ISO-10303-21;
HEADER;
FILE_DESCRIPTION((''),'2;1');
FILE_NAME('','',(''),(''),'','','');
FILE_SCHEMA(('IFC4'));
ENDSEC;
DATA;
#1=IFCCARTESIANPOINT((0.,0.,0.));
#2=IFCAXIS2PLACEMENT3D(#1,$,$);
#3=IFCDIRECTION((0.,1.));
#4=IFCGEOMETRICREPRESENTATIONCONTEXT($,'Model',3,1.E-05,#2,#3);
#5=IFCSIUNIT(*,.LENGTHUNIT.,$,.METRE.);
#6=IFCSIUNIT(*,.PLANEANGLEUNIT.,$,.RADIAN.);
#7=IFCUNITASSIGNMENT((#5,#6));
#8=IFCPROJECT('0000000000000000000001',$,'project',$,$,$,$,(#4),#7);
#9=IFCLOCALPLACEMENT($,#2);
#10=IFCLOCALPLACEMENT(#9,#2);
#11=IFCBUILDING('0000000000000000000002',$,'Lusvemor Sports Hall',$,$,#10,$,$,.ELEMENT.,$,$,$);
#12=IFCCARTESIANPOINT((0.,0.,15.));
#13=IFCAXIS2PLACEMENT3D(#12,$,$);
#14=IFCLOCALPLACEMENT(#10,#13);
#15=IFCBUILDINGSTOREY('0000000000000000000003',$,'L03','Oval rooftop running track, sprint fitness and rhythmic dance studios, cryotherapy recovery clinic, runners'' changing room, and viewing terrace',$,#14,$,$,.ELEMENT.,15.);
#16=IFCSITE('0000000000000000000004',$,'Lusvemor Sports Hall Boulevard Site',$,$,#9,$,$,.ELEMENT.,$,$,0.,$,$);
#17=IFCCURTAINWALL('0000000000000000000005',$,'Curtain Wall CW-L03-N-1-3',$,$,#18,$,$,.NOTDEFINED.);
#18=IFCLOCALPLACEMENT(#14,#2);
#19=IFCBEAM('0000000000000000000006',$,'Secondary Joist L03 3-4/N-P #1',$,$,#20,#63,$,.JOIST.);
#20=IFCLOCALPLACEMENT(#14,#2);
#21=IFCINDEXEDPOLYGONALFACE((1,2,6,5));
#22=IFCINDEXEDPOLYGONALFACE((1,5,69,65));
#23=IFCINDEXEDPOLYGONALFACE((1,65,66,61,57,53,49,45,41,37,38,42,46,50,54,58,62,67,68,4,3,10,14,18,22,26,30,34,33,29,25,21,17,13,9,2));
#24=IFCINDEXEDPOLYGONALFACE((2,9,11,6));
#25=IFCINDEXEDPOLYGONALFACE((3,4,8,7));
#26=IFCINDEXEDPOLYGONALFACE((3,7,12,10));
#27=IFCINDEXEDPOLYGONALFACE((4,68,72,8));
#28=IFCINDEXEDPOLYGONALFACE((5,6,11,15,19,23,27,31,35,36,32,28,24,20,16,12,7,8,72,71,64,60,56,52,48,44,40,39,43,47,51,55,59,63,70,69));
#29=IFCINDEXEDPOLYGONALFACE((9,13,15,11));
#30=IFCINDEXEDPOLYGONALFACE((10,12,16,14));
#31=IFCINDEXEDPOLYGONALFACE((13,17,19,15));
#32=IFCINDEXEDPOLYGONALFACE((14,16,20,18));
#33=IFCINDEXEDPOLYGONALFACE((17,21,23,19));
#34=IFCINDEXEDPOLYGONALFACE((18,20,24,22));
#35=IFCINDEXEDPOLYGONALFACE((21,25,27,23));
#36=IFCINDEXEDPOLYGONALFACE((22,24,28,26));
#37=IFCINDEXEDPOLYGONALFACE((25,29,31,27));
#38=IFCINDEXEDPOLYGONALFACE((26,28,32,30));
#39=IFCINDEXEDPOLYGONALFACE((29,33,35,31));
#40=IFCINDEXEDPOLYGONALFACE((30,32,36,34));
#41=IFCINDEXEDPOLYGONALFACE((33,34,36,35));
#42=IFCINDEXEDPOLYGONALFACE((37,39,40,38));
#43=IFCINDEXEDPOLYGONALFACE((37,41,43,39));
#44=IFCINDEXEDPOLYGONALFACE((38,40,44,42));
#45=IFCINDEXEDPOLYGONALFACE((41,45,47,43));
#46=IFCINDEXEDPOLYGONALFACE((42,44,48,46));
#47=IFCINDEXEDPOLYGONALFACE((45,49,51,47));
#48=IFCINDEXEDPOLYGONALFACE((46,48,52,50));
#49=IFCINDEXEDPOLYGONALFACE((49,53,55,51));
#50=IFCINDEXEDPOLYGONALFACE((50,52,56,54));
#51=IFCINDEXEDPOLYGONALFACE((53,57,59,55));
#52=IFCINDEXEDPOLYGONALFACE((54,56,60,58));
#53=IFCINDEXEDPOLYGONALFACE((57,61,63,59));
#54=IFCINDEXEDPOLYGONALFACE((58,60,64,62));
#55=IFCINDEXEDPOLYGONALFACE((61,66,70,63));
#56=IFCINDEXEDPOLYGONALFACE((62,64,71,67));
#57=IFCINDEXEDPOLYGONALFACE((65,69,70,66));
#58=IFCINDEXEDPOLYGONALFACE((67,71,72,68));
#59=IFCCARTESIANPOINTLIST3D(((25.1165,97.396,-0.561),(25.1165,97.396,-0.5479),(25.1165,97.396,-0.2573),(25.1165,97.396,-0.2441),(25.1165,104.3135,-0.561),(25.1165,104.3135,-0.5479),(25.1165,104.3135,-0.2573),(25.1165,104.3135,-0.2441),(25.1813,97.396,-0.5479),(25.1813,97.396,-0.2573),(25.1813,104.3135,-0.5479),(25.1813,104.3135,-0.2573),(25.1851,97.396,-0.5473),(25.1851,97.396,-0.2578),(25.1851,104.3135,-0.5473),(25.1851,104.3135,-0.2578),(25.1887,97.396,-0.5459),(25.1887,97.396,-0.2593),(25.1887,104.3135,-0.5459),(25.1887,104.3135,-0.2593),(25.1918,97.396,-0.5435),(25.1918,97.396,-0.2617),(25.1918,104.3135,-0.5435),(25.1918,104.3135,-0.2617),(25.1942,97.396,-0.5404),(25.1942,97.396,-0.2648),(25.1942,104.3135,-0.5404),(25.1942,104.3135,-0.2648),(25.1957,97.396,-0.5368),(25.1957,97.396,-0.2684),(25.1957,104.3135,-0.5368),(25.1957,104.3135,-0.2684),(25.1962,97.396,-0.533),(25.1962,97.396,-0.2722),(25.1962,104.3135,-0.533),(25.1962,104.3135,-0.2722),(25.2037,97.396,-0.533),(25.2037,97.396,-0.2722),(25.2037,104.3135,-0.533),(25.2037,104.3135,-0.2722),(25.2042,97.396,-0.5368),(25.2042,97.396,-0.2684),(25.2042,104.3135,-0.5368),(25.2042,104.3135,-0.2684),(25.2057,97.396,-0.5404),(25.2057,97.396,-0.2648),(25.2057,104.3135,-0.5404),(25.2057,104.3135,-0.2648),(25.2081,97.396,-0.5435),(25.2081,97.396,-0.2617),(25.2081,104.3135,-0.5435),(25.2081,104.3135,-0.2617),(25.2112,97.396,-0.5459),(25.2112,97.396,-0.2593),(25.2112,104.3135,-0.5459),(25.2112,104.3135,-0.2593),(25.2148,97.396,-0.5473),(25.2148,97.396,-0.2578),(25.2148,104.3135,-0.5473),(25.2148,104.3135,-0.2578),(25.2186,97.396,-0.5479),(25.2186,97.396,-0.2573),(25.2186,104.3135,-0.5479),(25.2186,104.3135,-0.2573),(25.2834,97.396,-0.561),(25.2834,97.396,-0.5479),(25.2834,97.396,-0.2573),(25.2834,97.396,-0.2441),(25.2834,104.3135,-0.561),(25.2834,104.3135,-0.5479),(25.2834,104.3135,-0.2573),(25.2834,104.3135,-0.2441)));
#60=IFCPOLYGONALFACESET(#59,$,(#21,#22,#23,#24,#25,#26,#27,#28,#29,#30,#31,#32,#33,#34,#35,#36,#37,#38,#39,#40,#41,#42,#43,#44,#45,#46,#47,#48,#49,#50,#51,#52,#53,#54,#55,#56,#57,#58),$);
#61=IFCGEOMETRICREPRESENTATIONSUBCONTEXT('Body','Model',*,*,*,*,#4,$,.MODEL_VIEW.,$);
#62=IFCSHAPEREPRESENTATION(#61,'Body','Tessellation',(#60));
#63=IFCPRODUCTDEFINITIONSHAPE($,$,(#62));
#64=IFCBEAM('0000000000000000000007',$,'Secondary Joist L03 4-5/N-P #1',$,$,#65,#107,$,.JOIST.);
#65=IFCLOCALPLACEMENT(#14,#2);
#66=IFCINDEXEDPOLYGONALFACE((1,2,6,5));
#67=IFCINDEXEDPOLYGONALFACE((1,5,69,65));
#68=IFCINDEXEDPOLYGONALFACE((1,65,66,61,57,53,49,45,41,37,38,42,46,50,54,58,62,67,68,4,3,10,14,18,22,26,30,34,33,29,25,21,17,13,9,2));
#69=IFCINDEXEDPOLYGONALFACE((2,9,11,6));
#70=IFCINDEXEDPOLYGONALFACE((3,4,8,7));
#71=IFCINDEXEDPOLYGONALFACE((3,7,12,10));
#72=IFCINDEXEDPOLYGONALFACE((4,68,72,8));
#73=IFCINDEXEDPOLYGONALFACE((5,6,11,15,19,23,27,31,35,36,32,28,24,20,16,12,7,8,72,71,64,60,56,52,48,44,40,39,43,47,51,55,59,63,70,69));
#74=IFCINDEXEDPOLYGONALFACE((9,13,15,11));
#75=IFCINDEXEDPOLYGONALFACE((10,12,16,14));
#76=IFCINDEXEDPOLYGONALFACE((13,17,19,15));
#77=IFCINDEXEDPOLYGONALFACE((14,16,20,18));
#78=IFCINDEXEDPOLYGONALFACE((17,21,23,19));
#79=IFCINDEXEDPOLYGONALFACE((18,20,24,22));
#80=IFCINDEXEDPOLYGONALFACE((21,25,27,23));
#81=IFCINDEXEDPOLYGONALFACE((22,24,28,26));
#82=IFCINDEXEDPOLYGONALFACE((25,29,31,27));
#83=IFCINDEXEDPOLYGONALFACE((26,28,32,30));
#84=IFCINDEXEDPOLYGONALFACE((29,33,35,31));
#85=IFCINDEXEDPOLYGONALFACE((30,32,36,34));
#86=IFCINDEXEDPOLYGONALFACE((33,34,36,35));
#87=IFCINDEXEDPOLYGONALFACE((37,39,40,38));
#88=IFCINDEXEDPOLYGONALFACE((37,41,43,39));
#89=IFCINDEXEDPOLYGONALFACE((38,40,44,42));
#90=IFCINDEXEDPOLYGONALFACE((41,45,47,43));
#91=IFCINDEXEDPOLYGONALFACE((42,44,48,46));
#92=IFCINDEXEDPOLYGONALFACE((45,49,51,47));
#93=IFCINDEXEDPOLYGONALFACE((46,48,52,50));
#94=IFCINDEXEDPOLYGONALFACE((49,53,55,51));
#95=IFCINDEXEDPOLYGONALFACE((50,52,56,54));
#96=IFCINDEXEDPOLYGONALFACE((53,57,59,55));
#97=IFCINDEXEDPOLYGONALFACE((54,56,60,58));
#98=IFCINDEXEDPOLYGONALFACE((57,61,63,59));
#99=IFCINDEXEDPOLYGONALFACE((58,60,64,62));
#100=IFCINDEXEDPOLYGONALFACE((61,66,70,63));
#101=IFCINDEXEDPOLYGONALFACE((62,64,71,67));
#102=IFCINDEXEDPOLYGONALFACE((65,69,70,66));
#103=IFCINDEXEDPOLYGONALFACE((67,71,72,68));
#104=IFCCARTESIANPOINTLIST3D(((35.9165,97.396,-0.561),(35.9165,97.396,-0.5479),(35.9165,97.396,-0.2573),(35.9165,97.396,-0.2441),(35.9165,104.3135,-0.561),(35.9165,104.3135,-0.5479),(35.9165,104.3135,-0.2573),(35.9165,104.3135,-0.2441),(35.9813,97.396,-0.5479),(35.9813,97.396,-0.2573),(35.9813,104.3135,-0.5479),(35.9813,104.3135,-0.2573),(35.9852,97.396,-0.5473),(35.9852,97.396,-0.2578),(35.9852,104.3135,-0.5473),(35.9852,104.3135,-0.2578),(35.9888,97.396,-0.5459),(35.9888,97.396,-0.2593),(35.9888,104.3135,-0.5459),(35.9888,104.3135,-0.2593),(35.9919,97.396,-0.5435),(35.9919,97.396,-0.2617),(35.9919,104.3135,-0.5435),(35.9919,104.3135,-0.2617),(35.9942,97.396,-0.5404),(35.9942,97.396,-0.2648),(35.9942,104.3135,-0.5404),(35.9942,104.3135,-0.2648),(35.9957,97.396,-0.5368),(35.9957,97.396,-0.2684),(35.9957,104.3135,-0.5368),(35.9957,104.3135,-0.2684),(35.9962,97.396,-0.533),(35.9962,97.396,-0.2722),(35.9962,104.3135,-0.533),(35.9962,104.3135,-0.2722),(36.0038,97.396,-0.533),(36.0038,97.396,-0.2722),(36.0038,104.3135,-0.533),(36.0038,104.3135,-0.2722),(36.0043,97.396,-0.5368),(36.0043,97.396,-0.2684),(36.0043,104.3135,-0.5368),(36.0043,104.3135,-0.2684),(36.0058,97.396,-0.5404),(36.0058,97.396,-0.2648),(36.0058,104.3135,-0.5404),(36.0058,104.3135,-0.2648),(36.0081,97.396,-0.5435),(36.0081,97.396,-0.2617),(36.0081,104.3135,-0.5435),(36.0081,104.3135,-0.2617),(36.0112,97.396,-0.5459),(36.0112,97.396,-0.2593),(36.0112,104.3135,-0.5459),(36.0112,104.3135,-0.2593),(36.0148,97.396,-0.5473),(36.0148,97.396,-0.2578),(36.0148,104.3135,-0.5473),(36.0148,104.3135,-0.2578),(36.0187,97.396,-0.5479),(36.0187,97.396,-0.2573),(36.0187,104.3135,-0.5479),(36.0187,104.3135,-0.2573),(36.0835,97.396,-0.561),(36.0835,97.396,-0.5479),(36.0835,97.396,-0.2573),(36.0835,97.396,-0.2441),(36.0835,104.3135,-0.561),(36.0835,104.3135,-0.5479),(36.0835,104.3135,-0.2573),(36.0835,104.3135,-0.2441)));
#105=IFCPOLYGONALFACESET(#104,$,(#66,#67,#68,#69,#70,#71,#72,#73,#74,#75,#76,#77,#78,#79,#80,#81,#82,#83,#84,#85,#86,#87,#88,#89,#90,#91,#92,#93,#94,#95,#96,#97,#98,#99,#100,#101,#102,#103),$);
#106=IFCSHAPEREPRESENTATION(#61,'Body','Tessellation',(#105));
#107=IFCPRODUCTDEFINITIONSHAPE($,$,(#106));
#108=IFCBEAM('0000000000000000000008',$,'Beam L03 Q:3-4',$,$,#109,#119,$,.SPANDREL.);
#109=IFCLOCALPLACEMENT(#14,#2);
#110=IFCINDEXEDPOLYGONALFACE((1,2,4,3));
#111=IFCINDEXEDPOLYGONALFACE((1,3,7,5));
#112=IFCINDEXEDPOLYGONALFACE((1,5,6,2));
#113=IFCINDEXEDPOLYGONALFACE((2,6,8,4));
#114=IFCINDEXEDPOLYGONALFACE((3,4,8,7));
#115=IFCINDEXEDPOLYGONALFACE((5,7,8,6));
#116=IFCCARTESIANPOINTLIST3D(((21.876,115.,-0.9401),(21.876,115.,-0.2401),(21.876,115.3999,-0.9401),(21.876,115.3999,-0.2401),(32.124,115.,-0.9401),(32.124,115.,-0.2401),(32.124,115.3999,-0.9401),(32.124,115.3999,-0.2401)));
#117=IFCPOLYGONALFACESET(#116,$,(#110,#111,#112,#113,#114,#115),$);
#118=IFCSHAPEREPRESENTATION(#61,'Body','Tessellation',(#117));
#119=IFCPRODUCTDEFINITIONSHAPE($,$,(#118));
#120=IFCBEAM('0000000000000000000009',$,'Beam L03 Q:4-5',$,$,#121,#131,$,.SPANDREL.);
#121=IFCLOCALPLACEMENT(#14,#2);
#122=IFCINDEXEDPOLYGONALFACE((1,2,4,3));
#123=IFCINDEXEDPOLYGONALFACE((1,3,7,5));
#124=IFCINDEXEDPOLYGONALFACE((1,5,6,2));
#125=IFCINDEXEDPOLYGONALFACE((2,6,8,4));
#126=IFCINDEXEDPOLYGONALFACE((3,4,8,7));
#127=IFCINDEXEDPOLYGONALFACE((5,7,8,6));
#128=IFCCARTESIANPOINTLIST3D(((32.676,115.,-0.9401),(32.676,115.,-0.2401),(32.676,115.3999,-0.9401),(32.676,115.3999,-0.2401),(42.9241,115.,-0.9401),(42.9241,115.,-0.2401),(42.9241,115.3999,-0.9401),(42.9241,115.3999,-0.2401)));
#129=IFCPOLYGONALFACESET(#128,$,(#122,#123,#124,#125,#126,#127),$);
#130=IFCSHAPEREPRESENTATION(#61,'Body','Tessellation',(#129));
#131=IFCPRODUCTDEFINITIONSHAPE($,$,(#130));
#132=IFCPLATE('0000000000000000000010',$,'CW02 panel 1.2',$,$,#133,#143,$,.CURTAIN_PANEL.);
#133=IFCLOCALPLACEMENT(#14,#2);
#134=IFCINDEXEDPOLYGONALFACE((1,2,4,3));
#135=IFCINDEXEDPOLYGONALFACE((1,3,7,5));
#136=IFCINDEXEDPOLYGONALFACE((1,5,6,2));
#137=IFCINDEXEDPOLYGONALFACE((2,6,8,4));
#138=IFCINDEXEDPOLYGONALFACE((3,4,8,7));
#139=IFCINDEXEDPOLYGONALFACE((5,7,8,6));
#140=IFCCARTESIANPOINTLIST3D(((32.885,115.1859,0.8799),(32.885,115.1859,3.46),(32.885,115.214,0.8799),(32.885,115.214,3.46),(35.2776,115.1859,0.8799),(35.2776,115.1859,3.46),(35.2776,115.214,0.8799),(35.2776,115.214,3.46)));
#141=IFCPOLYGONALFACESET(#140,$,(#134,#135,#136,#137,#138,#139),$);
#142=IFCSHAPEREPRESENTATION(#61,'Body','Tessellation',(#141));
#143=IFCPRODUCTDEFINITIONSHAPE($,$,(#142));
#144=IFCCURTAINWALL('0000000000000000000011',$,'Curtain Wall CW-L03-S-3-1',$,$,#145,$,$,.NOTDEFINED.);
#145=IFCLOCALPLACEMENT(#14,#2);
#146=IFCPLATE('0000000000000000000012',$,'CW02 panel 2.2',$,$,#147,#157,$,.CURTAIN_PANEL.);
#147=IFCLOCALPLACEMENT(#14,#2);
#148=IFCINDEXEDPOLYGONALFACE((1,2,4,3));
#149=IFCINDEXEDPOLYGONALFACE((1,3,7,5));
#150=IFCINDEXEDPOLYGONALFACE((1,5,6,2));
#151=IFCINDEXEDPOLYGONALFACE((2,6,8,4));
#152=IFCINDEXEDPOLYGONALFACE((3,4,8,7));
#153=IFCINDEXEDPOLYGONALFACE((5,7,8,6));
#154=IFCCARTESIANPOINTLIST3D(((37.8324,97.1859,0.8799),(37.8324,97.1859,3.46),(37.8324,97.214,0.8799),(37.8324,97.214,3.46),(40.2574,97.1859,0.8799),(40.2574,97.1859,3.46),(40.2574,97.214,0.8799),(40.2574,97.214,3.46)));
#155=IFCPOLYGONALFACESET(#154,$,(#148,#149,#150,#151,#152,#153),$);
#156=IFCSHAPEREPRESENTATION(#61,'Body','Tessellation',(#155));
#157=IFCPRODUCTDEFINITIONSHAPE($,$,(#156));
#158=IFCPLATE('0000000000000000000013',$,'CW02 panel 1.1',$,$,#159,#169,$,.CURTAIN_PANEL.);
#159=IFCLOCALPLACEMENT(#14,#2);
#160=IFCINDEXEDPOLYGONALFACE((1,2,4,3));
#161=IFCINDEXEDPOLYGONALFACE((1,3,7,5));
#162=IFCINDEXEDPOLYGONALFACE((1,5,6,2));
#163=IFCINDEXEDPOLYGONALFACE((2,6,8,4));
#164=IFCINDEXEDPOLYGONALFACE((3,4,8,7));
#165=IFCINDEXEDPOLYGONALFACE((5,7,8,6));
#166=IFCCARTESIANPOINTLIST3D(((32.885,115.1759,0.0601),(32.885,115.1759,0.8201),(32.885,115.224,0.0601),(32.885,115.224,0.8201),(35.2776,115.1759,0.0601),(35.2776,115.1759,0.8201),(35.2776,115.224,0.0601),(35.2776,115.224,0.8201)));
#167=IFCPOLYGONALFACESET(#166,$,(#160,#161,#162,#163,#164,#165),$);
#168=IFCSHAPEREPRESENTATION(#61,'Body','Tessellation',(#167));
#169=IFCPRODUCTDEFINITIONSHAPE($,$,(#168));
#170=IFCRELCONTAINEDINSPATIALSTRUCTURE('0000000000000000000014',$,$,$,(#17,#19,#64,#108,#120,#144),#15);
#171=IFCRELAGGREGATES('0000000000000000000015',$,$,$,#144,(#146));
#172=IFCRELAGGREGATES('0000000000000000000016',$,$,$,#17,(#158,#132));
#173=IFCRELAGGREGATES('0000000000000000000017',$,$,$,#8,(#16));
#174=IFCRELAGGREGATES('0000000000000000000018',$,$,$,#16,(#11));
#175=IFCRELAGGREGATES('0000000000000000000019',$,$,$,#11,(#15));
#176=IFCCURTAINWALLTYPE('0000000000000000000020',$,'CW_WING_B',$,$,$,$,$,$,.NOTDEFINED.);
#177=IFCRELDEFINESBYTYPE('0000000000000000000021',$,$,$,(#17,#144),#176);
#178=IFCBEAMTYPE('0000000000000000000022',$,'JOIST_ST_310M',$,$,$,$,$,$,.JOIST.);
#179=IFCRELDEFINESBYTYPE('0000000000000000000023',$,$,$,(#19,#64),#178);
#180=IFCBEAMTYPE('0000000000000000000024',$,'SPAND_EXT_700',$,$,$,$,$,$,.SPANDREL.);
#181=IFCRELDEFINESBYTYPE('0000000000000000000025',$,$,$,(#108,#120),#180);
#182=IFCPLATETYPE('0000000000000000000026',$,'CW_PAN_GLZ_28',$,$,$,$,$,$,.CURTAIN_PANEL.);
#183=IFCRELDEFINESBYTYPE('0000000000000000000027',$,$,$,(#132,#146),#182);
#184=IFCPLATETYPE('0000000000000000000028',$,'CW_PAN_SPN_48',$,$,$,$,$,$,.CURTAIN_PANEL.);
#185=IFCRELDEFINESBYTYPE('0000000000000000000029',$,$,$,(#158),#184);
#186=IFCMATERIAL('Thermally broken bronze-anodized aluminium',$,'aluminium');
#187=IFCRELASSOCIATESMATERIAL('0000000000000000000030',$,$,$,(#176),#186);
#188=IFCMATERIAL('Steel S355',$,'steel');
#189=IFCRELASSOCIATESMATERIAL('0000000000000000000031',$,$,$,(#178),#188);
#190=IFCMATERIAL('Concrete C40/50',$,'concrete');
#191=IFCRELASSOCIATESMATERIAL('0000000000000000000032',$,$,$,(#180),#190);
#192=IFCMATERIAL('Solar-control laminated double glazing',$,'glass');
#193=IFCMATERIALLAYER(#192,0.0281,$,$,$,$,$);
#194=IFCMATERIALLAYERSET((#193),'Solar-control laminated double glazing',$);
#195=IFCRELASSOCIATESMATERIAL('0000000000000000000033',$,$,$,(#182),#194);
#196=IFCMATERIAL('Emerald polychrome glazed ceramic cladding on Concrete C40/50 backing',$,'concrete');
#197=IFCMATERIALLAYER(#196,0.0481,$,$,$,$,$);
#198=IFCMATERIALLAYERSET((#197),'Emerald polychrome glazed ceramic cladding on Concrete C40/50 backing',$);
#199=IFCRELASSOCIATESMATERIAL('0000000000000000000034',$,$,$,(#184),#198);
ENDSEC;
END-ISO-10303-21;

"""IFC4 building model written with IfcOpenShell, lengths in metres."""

from ifc_helpers import new_model, si_unit, direction, frame, origin, origin_2d, place, context, subcontext, project, spatial, rectangle, i_section, extrude, material, layer, layer_set, material_profile, profile_set, type_object, element, aggregate, save


model = new_model("IFC4")

# Units and contexts
model_context = context("Model", 3, precision=1e-05, world=origin(), true_north=direction((0.0, 1.0)))
body_context = subcontext(model_context, "Body", "Model", "MODEL_VIEW")
ifc_project = project(units=[si_unit("LENGTHUNIT", "METRE"), si_unit("PLANEANGLEUNIT", "RADIAN")], contexts=[model_context])

# Site, building, storey
site_placement = place(None, origin())
site = spatial("IfcSite", under=ifc_project, at=site_placement, Name="Lusvemor Sports Hall Boulevard Site", CompositionType="ELEMENT", RefElevation=0.0)
building_placement = place(site_placement, origin())
building = spatial("IfcBuilding", under=site, at=building_placement, Name="Lusvemor Sports Hall", CompositionType="ELEMENT")
storey_placement = place(building_placement, frame((0.0, 0.0, 15.0)))
storey = spatial("IfcBuildingStorey", under=building, at=storey_placement, Name="L03", Description="Oval rooftop running track, sprint fitness and rhythmic dance studios, cryotherapy recovery clinic, runners' changing room, and viewing terrace", CompositionType="ELEMENT", Elevation=15.0)

# Curtain wall
ifc_material_1 = material(Name="Thermally broken bronze-anodized aluminium", Category="aluminium")
curtain_wall_type = type_object("IfcCurtainWallType", Name="CW_WING_B", PredefinedType="NOTDEFINED", material=ifc_material_1)
curtain_wall_1_placement = place(storey_placement, origin())
curtain_wall_1 = element("IfcCurtainWall", 1, at=curtain_wall_1_placement, inside=storey, type_object=curtain_wall_type, Name="Curtain Wall CW-L03-N-1-3", PredefinedType="NOTDEFINED")

# Beams
ifc_material_2 = material(Name="Steel S355", Category="steel")
ifc_material_profile_1 = material_profile(ifc_material_2, i_section(OverallWidth=0.167, OverallDepth=0.3169, WebThickness=0.0076, FlangeThickness=0.0132, FilletRadius=0.0149, at=origin_2d()), Name="W310x52.0")
ifc_profile_set_1 = profile_set([ifc_material_profile_1], Name="Steel S355")
beam_type_1 = type_object("IfcBeamType", Name="JOIST_ST_310M", PredefinedType="JOIST", material=ifc_profile_set_1)
for number, where, z_axis, x_axis, name in (
    (2, (25.2, 97.396, -0.4026), (0.0, 1.0, 0.0), (-1.0, 0.0, 0.0), "Secondary Joist L03 3-4/N-P #1"),
    (3, (36.0, 97.396, -0.4026), (0.0, 1.0, 0.0), (-1.0, 0.0, 0.0), "Secondary Joist L03 4-5/N-P #1"),
):
    element("IfcBeam", number, at=place(storey_placement, frame(where, z_axis=z_axis, x_axis=x_axis)), inside=storey, type_object=beam_type_1, Name=name, PredefinedType="JOIST", context=body_context, shape_type="SweptSolid", body=[
        extrude(i_section(OverallWidth=0.167, OverallDepth=0.3169, WebThickness=0.0076, FlangeThickness=0.0132, FilletRadius=0.0149, at=origin_2d()), origin(), (0.0, 0.0, 1.0), 6.9175),
    ])
ifc_material_3 = material(Name="Concrete C40/50", Category="concrete")
ifc_material_profile_2 = material_profile(ifc_material_3, rectangle(XDim=0.3999, YDim=0.7, at=origin_2d()), Name="RC400x700")
ifc_profile_set_2 = profile_set([ifc_material_profile_2], Name="Concrete C40/50")
beam_type_2 = type_object("IfcBeamType", Name="SPAND_EXT_700", PredefinedType="SPANDREL", material=ifc_profile_set_2)
for number, where, z_axis, x_axis, name in (
    (4, (21.876, 115.2, -0.5901), (1.0, 0.0, 0.0), (0.0, 1.0, 0.0), "Beam L03 Q:3-4"),
    (5, (32.676, 115.2, -0.5901), (1.0, 0.0, 0.0), (0.0, 1.0, 0.0), "Beam L03 Q:4-5"),
):
    element("IfcBeam", number, at=place(storey_placement, frame(where, z_axis=z_axis, x_axis=x_axis)), inside=storey, type_object=beam_type_2, Name=name, PredefinedType="SPANDREL", context=body_context, shape_type="SweptSolid", body=[
        extrude(rectangle(XDim=0.3999, YDim=0.7, at=origin_2d()), origin(), (0.0, 0.0, 1.0), 10.248),
    ])

# Plate
ifc_material_4 = material(Name="Solar-control laminated double glazing", Category="glass")
ifc_layer_1 = layer(ifc_material_4, 0.0281)
ifc_layer_set_1 = layer_set([ifc_layer_1], Name="Solar-control laminated double glazing")
plate_type_1 = type_object("IfcPlateType", Name="CW_PAN_GLZ_28", PredefinedType="CURTAIN_PANEL", material=ifc_layer_set_1)
plate_1_placement = place(storey_placement, frame((34.0813, 115.2, 0.8799), z_axis=(0.0, 0.0, 1.0), x_axis=(1.0, 0.0, 0.0)))
plate_1 = element("IfcPlate", 6, at=plate_1_placement, type_object=plate_type_1, Name="CW02 panel 1.2", PredefinedType="CURTAIN_PANEL", context=body_context, shape_type="SweptSolid", body=[
    extrude(rectangle(XDim=2.3926, YDim=0.0281, at=origin_2d()), origin(), (0.0, 0.0, 1.0), 2.5801),
])

# Curtain wall, plate
curtain_wall_2_placement = place(storey_placement, origin())
curtain_wall_2 = element("IfcCurtainWall", 7, at=curtain_wall_2_placement, inside=storey, type_object=curtain_wall_type, Name="Curtain Wall CW-L03-S-3-1", PredefinedType="NOTDEFINED")
plate_2_placement = place(storey_placement, frame((39.0449, 97.2, 0.8799), z_axis=(0.0, 0.0, 1.0), x_axis=(-1.0, 0.0, 0.0)))
plate_2 = element("IfcPlate", 8, at=plate_2_placement, type_object=plate_type_1, Name="CW02 panel 2.2", PredefinedType="CURTAIN_PANEL", context=body_context, shape_type="SweptSolid", body=[
    extrude(rectangle(XDim=2.425, YDim=0.0281, at=origin_2d()), origin(), (0.0, 0.0, 1.0), 2.5801),
])
aggregate(curtain_wall_2, [plate_2])

# Plate
ifc_material_5 = material(Name="Emerald polychrome glazed ceramic cladding on Concrete C40/50 backing", Category="concrete")
ifc_layer_2 = layer(ifc_material_5, 0.0481)
ifc_layer_set_2 = layer_set([ifc_layer_2], Name="Emerald polychrome glazed ceramic cladding on Concrete C40/50 backing")
plate_type_2 = type_object("IfcPlateType", Name="CW_PAN_SPN_48", PredefinedType="CURTAIN_PANEL", material=ifc_layer_set_2)
plate_3_placement = place(storey_placement, frame((34.0813, 115.2, 0.0601), z_axis=(0.0, 0.0, 1.0), x_axis=(1.0, 0.0, 0.0)))
plate_3 = element("IfcPlate", 9, at=plate_3_placement, type_object=plate_type_2, Name="CW02 panel 1.1", PredefinedType="CURTAIN_PANEL", context=body_context, shape_type="SweptSolid", body=[
    extrude(rectangle(XDim=2.3926, YDim=0.0481, at=origin_2d()), origin(), (0.0, 0.0, 1.0), 0.76),
])
aggregate(curtain_wall_1, [plate_3, plate_1])

save(model, "model.ifc")
